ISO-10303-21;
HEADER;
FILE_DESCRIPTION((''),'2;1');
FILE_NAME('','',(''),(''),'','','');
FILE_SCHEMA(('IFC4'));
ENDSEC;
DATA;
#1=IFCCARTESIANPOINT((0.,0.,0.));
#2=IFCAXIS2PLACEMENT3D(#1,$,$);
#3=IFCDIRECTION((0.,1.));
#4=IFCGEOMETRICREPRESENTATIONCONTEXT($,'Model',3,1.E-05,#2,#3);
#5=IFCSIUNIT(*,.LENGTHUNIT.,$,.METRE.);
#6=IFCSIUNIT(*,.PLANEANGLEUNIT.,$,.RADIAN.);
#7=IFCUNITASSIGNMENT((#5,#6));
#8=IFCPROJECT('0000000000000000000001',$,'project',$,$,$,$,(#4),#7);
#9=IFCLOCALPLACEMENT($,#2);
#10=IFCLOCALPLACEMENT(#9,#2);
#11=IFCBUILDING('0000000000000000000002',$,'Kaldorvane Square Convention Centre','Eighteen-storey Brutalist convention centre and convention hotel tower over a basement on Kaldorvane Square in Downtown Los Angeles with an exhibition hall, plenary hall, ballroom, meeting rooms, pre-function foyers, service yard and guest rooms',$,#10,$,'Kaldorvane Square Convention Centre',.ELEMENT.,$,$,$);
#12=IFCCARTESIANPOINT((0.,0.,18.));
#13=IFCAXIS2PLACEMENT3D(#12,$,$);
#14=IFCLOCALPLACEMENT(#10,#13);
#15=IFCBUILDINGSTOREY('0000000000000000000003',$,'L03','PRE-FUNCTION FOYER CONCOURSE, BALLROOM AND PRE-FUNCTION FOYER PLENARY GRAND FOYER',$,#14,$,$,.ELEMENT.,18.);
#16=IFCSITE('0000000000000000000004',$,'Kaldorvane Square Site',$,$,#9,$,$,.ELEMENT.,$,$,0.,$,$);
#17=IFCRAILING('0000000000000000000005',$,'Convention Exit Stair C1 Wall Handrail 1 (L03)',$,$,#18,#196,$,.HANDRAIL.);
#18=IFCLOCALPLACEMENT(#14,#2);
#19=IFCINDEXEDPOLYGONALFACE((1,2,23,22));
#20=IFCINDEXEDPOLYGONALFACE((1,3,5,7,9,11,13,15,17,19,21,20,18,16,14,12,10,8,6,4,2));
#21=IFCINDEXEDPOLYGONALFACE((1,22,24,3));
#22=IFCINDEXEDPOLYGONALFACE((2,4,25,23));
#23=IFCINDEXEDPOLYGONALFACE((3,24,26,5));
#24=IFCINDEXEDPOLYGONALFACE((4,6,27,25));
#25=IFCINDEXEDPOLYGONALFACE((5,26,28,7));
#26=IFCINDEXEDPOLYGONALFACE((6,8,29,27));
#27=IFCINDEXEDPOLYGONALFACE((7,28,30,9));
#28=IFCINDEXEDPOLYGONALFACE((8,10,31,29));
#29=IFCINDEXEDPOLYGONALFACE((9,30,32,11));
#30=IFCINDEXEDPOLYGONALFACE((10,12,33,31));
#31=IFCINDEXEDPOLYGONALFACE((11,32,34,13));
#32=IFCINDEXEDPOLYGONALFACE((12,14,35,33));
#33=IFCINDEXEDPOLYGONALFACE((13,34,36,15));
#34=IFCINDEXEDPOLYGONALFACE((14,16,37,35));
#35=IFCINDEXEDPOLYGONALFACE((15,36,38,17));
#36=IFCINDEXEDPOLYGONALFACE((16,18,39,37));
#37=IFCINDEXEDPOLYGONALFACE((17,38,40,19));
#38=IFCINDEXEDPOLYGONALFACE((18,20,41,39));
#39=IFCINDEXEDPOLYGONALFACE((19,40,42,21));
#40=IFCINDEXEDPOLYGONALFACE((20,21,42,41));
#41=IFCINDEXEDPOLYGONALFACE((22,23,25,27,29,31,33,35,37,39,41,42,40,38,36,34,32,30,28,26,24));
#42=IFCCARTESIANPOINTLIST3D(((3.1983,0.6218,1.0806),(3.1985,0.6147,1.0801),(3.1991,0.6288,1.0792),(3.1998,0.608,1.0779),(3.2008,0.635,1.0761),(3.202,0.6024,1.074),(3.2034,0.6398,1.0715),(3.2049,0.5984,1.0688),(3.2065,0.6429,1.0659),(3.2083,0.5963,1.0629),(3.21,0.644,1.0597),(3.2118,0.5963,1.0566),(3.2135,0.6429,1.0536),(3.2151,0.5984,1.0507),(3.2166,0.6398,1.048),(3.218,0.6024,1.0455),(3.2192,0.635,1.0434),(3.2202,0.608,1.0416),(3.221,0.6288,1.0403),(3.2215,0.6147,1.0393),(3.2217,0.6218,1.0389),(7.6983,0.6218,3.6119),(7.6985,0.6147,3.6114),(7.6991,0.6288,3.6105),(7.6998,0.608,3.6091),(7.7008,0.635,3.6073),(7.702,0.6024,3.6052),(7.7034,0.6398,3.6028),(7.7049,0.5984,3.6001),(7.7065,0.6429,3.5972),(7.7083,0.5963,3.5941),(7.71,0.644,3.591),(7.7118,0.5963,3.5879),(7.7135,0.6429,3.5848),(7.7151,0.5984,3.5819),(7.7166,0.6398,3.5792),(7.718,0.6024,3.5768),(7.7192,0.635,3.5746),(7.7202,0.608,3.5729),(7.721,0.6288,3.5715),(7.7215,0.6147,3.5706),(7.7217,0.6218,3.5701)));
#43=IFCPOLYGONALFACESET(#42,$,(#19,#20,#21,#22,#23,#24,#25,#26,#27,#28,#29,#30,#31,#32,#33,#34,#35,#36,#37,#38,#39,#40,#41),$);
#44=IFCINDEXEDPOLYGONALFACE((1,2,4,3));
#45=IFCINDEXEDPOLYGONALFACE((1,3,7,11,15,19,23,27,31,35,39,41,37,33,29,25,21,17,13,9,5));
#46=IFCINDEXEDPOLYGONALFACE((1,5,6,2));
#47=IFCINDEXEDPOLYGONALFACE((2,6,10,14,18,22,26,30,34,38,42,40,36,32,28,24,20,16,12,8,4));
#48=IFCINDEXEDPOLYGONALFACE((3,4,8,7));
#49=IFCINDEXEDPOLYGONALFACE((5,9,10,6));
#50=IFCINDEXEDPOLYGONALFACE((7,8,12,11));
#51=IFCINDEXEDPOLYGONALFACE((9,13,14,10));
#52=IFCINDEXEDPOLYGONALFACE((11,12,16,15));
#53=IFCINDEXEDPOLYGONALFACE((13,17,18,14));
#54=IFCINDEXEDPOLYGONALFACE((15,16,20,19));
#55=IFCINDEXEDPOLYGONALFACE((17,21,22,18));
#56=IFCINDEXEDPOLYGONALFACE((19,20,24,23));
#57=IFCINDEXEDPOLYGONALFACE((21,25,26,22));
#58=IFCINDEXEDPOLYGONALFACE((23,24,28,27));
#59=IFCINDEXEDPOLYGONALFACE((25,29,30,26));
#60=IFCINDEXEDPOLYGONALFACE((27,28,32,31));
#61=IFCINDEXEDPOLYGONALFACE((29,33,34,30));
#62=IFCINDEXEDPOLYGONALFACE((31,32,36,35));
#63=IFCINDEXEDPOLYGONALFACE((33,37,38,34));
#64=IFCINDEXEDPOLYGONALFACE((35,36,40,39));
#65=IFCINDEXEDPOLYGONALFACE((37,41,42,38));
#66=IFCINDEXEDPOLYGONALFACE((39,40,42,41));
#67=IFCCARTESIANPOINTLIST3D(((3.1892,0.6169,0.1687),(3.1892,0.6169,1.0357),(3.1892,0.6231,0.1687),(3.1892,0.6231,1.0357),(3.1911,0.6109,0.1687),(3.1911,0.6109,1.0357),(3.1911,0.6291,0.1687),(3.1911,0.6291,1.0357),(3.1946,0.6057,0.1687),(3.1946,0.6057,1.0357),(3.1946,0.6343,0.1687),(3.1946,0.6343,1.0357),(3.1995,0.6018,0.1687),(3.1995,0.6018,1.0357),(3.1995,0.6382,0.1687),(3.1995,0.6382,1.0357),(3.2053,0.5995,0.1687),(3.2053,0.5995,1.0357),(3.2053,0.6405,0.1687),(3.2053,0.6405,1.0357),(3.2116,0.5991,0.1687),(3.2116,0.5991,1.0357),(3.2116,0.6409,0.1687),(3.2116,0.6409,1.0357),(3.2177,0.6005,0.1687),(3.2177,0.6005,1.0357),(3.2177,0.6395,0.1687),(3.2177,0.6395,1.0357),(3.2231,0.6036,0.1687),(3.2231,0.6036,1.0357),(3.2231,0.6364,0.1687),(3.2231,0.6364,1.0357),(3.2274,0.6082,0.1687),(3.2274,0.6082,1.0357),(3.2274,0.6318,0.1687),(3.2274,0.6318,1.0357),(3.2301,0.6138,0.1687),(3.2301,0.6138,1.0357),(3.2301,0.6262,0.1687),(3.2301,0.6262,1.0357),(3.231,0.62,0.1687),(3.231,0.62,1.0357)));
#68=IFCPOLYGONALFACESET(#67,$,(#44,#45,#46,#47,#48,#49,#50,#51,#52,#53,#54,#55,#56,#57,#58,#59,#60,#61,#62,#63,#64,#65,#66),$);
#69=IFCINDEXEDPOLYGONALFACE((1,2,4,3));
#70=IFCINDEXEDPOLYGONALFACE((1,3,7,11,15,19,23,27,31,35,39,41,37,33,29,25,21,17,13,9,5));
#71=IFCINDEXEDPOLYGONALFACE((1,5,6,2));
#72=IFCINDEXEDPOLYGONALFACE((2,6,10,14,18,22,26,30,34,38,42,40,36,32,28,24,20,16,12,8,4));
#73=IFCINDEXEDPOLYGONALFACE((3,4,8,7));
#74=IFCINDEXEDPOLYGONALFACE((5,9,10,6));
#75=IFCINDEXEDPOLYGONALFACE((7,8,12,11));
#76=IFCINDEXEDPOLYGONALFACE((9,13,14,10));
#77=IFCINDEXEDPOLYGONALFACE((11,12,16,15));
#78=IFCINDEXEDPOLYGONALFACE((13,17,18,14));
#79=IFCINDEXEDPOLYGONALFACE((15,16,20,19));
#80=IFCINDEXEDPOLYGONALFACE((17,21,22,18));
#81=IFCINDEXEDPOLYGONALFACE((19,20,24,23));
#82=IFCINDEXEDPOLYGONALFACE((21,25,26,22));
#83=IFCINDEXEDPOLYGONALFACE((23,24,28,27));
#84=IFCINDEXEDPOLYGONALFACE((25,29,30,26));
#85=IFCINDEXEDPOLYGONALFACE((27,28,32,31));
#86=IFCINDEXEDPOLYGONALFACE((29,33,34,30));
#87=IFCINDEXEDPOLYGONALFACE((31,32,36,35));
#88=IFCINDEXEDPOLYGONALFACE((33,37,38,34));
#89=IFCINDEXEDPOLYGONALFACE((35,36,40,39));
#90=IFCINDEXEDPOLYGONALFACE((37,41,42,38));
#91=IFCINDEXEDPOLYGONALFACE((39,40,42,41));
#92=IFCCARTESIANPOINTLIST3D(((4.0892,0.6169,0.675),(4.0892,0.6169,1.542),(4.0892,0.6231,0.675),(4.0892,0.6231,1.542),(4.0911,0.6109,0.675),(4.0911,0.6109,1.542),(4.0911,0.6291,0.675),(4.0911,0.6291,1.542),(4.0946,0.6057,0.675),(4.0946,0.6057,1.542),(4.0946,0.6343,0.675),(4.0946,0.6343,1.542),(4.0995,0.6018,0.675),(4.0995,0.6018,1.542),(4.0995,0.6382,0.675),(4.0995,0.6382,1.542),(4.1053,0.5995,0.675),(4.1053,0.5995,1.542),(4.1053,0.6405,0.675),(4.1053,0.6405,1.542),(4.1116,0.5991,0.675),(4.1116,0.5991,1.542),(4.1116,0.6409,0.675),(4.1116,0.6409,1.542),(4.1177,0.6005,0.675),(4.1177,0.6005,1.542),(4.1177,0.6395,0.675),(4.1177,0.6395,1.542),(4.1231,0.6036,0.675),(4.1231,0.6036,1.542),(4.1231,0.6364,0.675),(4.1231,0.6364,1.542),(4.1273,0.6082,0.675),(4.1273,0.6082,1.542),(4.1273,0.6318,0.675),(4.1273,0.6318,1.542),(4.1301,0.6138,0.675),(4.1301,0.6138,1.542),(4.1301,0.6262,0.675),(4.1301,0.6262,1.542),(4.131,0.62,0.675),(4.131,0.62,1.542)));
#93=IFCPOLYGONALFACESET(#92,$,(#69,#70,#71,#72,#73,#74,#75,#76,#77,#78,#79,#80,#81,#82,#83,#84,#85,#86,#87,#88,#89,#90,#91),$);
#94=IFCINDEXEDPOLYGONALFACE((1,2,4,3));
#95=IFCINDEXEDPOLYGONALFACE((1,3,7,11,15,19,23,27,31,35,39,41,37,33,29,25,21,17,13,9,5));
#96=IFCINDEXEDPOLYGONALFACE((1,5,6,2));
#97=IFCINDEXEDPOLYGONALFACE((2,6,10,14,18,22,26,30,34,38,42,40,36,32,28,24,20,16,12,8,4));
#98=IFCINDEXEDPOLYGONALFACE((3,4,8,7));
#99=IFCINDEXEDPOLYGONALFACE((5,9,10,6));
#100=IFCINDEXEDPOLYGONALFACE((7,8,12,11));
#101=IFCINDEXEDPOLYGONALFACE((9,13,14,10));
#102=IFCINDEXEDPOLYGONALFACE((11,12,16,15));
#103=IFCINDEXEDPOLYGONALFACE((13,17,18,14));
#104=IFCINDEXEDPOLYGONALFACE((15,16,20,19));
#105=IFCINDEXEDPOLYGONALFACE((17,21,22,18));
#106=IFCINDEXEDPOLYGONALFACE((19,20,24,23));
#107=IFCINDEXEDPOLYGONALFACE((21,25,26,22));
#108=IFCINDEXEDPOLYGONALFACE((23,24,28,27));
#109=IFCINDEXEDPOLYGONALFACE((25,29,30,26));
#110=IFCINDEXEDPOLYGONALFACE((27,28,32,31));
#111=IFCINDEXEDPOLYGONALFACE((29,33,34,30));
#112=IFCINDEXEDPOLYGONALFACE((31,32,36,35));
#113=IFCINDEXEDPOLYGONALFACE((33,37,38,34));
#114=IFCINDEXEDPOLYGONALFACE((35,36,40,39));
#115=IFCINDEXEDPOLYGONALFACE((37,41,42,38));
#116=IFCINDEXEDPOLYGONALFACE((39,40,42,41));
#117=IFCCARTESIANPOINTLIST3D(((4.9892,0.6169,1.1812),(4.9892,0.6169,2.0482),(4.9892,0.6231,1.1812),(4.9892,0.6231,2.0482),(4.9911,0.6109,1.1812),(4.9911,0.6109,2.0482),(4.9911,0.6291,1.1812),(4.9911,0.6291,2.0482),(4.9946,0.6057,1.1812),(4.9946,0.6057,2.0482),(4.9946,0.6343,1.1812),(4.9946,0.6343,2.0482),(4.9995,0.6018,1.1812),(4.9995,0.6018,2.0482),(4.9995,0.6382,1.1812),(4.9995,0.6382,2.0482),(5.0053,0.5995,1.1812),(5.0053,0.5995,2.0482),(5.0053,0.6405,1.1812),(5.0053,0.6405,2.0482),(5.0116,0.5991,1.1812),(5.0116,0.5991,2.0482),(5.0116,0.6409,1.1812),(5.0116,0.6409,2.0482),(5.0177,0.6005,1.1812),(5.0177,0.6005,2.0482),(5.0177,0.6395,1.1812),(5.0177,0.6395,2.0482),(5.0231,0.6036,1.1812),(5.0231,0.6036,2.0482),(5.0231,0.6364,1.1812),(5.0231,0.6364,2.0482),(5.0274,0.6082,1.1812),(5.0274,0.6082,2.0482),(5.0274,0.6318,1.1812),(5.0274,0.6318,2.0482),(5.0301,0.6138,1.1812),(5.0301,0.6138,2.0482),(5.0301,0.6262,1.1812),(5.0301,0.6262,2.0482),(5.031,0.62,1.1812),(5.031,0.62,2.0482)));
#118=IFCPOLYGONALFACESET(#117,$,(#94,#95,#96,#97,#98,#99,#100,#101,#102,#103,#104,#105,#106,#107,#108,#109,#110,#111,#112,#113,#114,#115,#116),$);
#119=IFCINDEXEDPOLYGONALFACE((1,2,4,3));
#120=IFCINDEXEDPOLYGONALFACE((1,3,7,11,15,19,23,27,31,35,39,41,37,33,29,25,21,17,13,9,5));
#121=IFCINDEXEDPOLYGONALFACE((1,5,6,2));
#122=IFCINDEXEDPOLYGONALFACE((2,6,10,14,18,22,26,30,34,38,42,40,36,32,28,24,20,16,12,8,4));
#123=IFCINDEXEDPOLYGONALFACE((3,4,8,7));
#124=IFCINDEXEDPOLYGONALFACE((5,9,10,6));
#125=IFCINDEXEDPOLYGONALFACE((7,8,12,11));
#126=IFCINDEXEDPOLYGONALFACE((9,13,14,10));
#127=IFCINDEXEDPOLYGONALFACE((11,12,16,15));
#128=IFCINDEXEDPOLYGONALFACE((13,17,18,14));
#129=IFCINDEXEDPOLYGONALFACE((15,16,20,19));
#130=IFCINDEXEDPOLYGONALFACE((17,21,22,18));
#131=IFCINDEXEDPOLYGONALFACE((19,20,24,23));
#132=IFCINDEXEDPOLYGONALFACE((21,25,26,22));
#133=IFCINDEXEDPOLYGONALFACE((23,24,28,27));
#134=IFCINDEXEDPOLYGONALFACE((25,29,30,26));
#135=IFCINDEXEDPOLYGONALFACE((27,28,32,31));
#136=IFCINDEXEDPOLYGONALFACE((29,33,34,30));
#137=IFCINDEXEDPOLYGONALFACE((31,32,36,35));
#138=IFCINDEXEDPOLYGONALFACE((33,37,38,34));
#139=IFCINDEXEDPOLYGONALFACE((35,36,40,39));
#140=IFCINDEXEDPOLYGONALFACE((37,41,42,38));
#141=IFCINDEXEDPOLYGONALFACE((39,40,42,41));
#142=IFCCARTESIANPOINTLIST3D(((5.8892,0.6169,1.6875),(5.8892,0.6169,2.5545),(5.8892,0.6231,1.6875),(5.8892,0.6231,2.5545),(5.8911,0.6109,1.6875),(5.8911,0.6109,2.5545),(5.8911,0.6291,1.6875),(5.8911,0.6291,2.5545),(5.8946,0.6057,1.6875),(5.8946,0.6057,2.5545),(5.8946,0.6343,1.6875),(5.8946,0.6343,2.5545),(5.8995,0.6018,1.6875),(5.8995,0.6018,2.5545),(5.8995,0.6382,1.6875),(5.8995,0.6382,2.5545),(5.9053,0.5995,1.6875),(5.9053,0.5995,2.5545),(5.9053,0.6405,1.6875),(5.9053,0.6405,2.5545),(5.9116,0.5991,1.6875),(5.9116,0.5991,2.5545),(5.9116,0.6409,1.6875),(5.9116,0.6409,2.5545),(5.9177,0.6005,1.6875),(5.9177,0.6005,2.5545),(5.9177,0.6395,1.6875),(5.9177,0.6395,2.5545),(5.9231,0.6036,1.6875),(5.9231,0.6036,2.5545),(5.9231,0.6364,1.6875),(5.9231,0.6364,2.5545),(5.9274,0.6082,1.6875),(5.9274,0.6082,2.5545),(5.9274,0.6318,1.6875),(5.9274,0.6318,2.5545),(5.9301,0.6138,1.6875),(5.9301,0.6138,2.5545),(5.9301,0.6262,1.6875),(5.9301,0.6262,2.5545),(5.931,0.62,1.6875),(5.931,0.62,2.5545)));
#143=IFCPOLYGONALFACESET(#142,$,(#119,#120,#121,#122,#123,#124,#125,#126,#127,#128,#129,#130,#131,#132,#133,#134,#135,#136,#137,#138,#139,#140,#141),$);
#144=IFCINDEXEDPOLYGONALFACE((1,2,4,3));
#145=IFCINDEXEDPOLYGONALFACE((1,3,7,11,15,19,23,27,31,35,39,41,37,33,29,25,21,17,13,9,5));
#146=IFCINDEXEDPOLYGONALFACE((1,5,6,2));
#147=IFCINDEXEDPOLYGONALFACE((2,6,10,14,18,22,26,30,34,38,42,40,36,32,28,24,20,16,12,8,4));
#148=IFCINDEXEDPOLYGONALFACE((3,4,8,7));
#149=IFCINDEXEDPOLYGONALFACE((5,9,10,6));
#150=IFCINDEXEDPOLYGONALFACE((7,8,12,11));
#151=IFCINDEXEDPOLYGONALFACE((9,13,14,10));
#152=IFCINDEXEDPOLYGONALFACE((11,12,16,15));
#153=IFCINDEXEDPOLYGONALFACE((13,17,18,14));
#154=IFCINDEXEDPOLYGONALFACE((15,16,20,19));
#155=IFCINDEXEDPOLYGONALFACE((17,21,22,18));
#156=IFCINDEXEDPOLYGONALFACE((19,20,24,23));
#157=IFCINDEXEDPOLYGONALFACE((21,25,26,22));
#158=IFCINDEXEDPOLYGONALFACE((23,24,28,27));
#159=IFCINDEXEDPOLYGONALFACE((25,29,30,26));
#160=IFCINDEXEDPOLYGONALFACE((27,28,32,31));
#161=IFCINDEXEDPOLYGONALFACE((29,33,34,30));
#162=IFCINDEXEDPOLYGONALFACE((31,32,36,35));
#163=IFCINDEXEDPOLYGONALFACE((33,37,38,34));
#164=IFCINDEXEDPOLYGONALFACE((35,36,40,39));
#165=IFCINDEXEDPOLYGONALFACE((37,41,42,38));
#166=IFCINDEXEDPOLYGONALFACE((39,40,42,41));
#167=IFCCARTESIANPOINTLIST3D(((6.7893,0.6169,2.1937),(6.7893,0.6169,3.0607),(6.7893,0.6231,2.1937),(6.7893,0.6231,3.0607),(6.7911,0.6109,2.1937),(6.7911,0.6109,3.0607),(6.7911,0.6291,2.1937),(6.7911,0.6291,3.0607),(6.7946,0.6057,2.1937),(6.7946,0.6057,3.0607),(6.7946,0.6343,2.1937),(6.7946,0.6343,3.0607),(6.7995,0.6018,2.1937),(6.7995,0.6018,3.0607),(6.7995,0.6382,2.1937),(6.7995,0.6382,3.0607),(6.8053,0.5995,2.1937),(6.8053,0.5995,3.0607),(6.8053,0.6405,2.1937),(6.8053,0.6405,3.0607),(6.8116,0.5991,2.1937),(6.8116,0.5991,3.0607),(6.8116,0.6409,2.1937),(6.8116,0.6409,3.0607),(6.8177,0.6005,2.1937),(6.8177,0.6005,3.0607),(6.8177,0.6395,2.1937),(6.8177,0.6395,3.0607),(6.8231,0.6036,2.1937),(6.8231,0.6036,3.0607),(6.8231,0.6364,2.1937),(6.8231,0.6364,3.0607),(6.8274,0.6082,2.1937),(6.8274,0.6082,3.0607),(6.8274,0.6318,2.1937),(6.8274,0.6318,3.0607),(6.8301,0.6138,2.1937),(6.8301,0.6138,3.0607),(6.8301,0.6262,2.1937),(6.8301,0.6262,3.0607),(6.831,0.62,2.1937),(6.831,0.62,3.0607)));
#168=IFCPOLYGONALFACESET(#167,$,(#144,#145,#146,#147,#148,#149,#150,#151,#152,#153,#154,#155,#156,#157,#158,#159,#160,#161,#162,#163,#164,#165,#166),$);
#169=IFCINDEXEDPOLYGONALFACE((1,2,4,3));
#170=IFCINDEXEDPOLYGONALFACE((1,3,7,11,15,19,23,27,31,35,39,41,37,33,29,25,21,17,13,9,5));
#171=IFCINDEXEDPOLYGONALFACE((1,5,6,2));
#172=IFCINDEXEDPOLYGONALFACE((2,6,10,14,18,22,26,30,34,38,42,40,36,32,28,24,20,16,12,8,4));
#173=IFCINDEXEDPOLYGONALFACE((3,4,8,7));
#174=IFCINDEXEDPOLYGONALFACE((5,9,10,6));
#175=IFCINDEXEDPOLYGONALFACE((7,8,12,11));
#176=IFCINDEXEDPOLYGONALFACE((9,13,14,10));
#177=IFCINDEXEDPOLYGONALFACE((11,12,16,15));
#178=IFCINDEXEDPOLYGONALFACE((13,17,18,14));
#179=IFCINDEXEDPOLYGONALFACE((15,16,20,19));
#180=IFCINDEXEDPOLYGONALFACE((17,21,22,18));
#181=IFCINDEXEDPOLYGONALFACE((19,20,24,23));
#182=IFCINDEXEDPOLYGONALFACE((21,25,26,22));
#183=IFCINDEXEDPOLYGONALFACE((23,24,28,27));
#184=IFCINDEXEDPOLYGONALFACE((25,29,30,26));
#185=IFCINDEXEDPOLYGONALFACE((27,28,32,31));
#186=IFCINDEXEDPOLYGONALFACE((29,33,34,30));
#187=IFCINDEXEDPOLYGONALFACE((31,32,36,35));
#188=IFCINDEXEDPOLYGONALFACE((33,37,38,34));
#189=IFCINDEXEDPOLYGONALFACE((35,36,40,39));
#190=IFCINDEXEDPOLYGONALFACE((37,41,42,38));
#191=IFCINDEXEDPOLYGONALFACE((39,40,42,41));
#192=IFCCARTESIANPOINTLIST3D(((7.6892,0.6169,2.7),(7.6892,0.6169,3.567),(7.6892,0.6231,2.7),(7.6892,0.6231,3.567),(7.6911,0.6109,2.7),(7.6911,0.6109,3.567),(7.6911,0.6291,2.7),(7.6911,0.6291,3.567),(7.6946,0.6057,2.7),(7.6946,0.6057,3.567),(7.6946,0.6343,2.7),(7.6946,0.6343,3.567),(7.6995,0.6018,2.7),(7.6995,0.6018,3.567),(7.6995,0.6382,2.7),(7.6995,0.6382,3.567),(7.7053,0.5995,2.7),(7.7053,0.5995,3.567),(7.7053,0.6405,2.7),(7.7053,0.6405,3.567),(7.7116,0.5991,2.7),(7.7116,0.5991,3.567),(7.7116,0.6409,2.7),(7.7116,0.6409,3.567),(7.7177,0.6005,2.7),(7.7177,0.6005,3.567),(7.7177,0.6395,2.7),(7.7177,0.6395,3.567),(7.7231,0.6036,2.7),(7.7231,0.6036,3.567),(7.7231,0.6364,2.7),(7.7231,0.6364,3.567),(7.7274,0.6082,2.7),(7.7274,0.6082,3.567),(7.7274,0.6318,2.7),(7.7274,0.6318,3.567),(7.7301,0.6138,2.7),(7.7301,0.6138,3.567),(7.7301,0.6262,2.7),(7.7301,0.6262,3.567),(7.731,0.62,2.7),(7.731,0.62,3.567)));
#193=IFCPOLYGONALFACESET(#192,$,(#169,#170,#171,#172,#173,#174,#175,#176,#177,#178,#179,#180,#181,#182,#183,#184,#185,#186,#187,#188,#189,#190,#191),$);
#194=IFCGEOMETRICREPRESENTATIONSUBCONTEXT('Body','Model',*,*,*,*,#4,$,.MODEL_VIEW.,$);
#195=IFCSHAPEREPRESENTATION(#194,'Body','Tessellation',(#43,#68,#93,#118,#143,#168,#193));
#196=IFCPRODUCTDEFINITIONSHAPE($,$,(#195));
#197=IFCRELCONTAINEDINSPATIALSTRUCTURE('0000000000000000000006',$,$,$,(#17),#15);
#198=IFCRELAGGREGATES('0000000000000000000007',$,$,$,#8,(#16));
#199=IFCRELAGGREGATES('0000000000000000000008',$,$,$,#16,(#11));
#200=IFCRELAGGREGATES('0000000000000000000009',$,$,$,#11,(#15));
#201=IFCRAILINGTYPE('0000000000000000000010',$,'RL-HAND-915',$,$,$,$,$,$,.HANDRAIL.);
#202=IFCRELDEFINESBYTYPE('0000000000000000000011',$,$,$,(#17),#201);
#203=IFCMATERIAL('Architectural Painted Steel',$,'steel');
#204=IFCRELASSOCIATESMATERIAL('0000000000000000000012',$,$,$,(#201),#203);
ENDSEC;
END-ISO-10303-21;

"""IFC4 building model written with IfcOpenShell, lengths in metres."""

from ifc_helpers import new_model, si_unit, direction, frame, origin, origin_2d, place, context, subcontext, project, spatial, circle, extrude, material, type_object, element, save


model = new_model("IFC4")

# Units and contexts
model_context = context("Model", 3, precision=1e-05, world=origin(), true_north=direction((0.0, 1.0)))
body_context = subcontext(model_context, "Body", "Model", "MODEL_VIEW")
ifc_project = project(units=[si_unit("LENGTHUNIT", "METRE"), si_unit("PLANEANGLEUNIT", "RADIAN")], contexts=[model_context])

# Site, building, storey
site_placement = place(None, origin())
site = spatial("IfcSite", under=ifc_project, at=site_placement, Name="Kaldorvane Square Site", CompositionType="ELEMENT", RefElevation=0.0)
building_placement = place(site_placement, origin())
building = spatial("IfcBuilding", under=site, at=building_placement, Name="Kaldorvane Square Convention Centre", Description="Eighteen-storey Brutalist convention centre and convention hotel tower over a basement on Kaldorvane Square in Downtown Los Angeles with an exhibition hall, plenary hall, ballroom, meeting rooms, pre-function foyers, service yard and guest rooms", LongName="Kaldorvane Square Convention Centre", CompositionType="ELEMENT")
storey_placement = place(building_placement, frame((0.0, 0.0, 18.0)))
storey = spatial("IfcBuildingStorey", under=building, at=storey_placement, Name="L03", Description="PRE-FUNCTION FOYER CONCOURSE, BALLROOM AND PRE-FUNCTION FOYER PLENARY GRAND FOYER", CompositionType="ELEMENT", Elevation=18.0)

# Railing
ifc_material_1 = material(Name="Architectural Painted Steel", Category="steel")
railing_type_1 = type_object("IfcRailingType", Name="RL-HAND-915", PredefinedType="HANDRAIL", material=ifc_material_1)
railing_1_placement = place(storey_placement, frame((3.21, 0.62, 0.1687)))
element("IfcRailing", 1, at=railing_1_placement, inside=storey, type_object=railing_type_1, Name="Convention Exit Stair C1 Wall Handrail 1 (L03)", PredefinedType="HANDRAIL", context=body_context, shape_type="SweptSolid", body=[
    extrude(circle(Radius=0.024, at=origin_2d()), frame((0.0, 0.0, 0.891), z_axis=(0.871576, 0.0, 0.490261), x_axis=(0.0, 1.0, 0.0)), (0.0, 0.0, 1.0), 5.1631),
    extrude(circle(Radius=0.021, at=origin_2d()), origin(), (0.0, 0.0, 1.0), 0.867),
    extrude(circle(Radius=0.021, at=origin_2d()), frame((0.9, 0.0, 0.5063)), (0.0, 0.0, 1.0), 0.867),
    extrude(circle(Radius=0.021, at=origin_2d()), frame((1.8, 0.0, 1.0125)), (0.0, 0.0, 1.0), 0.867),
    extrude(circle(Radius=0.021, at=origin_2d()), frame((2.7, 0.0, 1.5188)), (0.0, 0.0, 1.0), 0.867),
    extrude(circle(Radius=0.021, at=origin_2d()), frame((3.6, 0.0, 2.025)), (0.0, 0.0, 1.0), 0.867),
    extrude(circle(Radius=0.021, at=origin_2d()), frame((4.5, 0.0, 2.5312)), (0.0, 0.0, 1.0), 0.867),
])

save(model, "model.ifc")
